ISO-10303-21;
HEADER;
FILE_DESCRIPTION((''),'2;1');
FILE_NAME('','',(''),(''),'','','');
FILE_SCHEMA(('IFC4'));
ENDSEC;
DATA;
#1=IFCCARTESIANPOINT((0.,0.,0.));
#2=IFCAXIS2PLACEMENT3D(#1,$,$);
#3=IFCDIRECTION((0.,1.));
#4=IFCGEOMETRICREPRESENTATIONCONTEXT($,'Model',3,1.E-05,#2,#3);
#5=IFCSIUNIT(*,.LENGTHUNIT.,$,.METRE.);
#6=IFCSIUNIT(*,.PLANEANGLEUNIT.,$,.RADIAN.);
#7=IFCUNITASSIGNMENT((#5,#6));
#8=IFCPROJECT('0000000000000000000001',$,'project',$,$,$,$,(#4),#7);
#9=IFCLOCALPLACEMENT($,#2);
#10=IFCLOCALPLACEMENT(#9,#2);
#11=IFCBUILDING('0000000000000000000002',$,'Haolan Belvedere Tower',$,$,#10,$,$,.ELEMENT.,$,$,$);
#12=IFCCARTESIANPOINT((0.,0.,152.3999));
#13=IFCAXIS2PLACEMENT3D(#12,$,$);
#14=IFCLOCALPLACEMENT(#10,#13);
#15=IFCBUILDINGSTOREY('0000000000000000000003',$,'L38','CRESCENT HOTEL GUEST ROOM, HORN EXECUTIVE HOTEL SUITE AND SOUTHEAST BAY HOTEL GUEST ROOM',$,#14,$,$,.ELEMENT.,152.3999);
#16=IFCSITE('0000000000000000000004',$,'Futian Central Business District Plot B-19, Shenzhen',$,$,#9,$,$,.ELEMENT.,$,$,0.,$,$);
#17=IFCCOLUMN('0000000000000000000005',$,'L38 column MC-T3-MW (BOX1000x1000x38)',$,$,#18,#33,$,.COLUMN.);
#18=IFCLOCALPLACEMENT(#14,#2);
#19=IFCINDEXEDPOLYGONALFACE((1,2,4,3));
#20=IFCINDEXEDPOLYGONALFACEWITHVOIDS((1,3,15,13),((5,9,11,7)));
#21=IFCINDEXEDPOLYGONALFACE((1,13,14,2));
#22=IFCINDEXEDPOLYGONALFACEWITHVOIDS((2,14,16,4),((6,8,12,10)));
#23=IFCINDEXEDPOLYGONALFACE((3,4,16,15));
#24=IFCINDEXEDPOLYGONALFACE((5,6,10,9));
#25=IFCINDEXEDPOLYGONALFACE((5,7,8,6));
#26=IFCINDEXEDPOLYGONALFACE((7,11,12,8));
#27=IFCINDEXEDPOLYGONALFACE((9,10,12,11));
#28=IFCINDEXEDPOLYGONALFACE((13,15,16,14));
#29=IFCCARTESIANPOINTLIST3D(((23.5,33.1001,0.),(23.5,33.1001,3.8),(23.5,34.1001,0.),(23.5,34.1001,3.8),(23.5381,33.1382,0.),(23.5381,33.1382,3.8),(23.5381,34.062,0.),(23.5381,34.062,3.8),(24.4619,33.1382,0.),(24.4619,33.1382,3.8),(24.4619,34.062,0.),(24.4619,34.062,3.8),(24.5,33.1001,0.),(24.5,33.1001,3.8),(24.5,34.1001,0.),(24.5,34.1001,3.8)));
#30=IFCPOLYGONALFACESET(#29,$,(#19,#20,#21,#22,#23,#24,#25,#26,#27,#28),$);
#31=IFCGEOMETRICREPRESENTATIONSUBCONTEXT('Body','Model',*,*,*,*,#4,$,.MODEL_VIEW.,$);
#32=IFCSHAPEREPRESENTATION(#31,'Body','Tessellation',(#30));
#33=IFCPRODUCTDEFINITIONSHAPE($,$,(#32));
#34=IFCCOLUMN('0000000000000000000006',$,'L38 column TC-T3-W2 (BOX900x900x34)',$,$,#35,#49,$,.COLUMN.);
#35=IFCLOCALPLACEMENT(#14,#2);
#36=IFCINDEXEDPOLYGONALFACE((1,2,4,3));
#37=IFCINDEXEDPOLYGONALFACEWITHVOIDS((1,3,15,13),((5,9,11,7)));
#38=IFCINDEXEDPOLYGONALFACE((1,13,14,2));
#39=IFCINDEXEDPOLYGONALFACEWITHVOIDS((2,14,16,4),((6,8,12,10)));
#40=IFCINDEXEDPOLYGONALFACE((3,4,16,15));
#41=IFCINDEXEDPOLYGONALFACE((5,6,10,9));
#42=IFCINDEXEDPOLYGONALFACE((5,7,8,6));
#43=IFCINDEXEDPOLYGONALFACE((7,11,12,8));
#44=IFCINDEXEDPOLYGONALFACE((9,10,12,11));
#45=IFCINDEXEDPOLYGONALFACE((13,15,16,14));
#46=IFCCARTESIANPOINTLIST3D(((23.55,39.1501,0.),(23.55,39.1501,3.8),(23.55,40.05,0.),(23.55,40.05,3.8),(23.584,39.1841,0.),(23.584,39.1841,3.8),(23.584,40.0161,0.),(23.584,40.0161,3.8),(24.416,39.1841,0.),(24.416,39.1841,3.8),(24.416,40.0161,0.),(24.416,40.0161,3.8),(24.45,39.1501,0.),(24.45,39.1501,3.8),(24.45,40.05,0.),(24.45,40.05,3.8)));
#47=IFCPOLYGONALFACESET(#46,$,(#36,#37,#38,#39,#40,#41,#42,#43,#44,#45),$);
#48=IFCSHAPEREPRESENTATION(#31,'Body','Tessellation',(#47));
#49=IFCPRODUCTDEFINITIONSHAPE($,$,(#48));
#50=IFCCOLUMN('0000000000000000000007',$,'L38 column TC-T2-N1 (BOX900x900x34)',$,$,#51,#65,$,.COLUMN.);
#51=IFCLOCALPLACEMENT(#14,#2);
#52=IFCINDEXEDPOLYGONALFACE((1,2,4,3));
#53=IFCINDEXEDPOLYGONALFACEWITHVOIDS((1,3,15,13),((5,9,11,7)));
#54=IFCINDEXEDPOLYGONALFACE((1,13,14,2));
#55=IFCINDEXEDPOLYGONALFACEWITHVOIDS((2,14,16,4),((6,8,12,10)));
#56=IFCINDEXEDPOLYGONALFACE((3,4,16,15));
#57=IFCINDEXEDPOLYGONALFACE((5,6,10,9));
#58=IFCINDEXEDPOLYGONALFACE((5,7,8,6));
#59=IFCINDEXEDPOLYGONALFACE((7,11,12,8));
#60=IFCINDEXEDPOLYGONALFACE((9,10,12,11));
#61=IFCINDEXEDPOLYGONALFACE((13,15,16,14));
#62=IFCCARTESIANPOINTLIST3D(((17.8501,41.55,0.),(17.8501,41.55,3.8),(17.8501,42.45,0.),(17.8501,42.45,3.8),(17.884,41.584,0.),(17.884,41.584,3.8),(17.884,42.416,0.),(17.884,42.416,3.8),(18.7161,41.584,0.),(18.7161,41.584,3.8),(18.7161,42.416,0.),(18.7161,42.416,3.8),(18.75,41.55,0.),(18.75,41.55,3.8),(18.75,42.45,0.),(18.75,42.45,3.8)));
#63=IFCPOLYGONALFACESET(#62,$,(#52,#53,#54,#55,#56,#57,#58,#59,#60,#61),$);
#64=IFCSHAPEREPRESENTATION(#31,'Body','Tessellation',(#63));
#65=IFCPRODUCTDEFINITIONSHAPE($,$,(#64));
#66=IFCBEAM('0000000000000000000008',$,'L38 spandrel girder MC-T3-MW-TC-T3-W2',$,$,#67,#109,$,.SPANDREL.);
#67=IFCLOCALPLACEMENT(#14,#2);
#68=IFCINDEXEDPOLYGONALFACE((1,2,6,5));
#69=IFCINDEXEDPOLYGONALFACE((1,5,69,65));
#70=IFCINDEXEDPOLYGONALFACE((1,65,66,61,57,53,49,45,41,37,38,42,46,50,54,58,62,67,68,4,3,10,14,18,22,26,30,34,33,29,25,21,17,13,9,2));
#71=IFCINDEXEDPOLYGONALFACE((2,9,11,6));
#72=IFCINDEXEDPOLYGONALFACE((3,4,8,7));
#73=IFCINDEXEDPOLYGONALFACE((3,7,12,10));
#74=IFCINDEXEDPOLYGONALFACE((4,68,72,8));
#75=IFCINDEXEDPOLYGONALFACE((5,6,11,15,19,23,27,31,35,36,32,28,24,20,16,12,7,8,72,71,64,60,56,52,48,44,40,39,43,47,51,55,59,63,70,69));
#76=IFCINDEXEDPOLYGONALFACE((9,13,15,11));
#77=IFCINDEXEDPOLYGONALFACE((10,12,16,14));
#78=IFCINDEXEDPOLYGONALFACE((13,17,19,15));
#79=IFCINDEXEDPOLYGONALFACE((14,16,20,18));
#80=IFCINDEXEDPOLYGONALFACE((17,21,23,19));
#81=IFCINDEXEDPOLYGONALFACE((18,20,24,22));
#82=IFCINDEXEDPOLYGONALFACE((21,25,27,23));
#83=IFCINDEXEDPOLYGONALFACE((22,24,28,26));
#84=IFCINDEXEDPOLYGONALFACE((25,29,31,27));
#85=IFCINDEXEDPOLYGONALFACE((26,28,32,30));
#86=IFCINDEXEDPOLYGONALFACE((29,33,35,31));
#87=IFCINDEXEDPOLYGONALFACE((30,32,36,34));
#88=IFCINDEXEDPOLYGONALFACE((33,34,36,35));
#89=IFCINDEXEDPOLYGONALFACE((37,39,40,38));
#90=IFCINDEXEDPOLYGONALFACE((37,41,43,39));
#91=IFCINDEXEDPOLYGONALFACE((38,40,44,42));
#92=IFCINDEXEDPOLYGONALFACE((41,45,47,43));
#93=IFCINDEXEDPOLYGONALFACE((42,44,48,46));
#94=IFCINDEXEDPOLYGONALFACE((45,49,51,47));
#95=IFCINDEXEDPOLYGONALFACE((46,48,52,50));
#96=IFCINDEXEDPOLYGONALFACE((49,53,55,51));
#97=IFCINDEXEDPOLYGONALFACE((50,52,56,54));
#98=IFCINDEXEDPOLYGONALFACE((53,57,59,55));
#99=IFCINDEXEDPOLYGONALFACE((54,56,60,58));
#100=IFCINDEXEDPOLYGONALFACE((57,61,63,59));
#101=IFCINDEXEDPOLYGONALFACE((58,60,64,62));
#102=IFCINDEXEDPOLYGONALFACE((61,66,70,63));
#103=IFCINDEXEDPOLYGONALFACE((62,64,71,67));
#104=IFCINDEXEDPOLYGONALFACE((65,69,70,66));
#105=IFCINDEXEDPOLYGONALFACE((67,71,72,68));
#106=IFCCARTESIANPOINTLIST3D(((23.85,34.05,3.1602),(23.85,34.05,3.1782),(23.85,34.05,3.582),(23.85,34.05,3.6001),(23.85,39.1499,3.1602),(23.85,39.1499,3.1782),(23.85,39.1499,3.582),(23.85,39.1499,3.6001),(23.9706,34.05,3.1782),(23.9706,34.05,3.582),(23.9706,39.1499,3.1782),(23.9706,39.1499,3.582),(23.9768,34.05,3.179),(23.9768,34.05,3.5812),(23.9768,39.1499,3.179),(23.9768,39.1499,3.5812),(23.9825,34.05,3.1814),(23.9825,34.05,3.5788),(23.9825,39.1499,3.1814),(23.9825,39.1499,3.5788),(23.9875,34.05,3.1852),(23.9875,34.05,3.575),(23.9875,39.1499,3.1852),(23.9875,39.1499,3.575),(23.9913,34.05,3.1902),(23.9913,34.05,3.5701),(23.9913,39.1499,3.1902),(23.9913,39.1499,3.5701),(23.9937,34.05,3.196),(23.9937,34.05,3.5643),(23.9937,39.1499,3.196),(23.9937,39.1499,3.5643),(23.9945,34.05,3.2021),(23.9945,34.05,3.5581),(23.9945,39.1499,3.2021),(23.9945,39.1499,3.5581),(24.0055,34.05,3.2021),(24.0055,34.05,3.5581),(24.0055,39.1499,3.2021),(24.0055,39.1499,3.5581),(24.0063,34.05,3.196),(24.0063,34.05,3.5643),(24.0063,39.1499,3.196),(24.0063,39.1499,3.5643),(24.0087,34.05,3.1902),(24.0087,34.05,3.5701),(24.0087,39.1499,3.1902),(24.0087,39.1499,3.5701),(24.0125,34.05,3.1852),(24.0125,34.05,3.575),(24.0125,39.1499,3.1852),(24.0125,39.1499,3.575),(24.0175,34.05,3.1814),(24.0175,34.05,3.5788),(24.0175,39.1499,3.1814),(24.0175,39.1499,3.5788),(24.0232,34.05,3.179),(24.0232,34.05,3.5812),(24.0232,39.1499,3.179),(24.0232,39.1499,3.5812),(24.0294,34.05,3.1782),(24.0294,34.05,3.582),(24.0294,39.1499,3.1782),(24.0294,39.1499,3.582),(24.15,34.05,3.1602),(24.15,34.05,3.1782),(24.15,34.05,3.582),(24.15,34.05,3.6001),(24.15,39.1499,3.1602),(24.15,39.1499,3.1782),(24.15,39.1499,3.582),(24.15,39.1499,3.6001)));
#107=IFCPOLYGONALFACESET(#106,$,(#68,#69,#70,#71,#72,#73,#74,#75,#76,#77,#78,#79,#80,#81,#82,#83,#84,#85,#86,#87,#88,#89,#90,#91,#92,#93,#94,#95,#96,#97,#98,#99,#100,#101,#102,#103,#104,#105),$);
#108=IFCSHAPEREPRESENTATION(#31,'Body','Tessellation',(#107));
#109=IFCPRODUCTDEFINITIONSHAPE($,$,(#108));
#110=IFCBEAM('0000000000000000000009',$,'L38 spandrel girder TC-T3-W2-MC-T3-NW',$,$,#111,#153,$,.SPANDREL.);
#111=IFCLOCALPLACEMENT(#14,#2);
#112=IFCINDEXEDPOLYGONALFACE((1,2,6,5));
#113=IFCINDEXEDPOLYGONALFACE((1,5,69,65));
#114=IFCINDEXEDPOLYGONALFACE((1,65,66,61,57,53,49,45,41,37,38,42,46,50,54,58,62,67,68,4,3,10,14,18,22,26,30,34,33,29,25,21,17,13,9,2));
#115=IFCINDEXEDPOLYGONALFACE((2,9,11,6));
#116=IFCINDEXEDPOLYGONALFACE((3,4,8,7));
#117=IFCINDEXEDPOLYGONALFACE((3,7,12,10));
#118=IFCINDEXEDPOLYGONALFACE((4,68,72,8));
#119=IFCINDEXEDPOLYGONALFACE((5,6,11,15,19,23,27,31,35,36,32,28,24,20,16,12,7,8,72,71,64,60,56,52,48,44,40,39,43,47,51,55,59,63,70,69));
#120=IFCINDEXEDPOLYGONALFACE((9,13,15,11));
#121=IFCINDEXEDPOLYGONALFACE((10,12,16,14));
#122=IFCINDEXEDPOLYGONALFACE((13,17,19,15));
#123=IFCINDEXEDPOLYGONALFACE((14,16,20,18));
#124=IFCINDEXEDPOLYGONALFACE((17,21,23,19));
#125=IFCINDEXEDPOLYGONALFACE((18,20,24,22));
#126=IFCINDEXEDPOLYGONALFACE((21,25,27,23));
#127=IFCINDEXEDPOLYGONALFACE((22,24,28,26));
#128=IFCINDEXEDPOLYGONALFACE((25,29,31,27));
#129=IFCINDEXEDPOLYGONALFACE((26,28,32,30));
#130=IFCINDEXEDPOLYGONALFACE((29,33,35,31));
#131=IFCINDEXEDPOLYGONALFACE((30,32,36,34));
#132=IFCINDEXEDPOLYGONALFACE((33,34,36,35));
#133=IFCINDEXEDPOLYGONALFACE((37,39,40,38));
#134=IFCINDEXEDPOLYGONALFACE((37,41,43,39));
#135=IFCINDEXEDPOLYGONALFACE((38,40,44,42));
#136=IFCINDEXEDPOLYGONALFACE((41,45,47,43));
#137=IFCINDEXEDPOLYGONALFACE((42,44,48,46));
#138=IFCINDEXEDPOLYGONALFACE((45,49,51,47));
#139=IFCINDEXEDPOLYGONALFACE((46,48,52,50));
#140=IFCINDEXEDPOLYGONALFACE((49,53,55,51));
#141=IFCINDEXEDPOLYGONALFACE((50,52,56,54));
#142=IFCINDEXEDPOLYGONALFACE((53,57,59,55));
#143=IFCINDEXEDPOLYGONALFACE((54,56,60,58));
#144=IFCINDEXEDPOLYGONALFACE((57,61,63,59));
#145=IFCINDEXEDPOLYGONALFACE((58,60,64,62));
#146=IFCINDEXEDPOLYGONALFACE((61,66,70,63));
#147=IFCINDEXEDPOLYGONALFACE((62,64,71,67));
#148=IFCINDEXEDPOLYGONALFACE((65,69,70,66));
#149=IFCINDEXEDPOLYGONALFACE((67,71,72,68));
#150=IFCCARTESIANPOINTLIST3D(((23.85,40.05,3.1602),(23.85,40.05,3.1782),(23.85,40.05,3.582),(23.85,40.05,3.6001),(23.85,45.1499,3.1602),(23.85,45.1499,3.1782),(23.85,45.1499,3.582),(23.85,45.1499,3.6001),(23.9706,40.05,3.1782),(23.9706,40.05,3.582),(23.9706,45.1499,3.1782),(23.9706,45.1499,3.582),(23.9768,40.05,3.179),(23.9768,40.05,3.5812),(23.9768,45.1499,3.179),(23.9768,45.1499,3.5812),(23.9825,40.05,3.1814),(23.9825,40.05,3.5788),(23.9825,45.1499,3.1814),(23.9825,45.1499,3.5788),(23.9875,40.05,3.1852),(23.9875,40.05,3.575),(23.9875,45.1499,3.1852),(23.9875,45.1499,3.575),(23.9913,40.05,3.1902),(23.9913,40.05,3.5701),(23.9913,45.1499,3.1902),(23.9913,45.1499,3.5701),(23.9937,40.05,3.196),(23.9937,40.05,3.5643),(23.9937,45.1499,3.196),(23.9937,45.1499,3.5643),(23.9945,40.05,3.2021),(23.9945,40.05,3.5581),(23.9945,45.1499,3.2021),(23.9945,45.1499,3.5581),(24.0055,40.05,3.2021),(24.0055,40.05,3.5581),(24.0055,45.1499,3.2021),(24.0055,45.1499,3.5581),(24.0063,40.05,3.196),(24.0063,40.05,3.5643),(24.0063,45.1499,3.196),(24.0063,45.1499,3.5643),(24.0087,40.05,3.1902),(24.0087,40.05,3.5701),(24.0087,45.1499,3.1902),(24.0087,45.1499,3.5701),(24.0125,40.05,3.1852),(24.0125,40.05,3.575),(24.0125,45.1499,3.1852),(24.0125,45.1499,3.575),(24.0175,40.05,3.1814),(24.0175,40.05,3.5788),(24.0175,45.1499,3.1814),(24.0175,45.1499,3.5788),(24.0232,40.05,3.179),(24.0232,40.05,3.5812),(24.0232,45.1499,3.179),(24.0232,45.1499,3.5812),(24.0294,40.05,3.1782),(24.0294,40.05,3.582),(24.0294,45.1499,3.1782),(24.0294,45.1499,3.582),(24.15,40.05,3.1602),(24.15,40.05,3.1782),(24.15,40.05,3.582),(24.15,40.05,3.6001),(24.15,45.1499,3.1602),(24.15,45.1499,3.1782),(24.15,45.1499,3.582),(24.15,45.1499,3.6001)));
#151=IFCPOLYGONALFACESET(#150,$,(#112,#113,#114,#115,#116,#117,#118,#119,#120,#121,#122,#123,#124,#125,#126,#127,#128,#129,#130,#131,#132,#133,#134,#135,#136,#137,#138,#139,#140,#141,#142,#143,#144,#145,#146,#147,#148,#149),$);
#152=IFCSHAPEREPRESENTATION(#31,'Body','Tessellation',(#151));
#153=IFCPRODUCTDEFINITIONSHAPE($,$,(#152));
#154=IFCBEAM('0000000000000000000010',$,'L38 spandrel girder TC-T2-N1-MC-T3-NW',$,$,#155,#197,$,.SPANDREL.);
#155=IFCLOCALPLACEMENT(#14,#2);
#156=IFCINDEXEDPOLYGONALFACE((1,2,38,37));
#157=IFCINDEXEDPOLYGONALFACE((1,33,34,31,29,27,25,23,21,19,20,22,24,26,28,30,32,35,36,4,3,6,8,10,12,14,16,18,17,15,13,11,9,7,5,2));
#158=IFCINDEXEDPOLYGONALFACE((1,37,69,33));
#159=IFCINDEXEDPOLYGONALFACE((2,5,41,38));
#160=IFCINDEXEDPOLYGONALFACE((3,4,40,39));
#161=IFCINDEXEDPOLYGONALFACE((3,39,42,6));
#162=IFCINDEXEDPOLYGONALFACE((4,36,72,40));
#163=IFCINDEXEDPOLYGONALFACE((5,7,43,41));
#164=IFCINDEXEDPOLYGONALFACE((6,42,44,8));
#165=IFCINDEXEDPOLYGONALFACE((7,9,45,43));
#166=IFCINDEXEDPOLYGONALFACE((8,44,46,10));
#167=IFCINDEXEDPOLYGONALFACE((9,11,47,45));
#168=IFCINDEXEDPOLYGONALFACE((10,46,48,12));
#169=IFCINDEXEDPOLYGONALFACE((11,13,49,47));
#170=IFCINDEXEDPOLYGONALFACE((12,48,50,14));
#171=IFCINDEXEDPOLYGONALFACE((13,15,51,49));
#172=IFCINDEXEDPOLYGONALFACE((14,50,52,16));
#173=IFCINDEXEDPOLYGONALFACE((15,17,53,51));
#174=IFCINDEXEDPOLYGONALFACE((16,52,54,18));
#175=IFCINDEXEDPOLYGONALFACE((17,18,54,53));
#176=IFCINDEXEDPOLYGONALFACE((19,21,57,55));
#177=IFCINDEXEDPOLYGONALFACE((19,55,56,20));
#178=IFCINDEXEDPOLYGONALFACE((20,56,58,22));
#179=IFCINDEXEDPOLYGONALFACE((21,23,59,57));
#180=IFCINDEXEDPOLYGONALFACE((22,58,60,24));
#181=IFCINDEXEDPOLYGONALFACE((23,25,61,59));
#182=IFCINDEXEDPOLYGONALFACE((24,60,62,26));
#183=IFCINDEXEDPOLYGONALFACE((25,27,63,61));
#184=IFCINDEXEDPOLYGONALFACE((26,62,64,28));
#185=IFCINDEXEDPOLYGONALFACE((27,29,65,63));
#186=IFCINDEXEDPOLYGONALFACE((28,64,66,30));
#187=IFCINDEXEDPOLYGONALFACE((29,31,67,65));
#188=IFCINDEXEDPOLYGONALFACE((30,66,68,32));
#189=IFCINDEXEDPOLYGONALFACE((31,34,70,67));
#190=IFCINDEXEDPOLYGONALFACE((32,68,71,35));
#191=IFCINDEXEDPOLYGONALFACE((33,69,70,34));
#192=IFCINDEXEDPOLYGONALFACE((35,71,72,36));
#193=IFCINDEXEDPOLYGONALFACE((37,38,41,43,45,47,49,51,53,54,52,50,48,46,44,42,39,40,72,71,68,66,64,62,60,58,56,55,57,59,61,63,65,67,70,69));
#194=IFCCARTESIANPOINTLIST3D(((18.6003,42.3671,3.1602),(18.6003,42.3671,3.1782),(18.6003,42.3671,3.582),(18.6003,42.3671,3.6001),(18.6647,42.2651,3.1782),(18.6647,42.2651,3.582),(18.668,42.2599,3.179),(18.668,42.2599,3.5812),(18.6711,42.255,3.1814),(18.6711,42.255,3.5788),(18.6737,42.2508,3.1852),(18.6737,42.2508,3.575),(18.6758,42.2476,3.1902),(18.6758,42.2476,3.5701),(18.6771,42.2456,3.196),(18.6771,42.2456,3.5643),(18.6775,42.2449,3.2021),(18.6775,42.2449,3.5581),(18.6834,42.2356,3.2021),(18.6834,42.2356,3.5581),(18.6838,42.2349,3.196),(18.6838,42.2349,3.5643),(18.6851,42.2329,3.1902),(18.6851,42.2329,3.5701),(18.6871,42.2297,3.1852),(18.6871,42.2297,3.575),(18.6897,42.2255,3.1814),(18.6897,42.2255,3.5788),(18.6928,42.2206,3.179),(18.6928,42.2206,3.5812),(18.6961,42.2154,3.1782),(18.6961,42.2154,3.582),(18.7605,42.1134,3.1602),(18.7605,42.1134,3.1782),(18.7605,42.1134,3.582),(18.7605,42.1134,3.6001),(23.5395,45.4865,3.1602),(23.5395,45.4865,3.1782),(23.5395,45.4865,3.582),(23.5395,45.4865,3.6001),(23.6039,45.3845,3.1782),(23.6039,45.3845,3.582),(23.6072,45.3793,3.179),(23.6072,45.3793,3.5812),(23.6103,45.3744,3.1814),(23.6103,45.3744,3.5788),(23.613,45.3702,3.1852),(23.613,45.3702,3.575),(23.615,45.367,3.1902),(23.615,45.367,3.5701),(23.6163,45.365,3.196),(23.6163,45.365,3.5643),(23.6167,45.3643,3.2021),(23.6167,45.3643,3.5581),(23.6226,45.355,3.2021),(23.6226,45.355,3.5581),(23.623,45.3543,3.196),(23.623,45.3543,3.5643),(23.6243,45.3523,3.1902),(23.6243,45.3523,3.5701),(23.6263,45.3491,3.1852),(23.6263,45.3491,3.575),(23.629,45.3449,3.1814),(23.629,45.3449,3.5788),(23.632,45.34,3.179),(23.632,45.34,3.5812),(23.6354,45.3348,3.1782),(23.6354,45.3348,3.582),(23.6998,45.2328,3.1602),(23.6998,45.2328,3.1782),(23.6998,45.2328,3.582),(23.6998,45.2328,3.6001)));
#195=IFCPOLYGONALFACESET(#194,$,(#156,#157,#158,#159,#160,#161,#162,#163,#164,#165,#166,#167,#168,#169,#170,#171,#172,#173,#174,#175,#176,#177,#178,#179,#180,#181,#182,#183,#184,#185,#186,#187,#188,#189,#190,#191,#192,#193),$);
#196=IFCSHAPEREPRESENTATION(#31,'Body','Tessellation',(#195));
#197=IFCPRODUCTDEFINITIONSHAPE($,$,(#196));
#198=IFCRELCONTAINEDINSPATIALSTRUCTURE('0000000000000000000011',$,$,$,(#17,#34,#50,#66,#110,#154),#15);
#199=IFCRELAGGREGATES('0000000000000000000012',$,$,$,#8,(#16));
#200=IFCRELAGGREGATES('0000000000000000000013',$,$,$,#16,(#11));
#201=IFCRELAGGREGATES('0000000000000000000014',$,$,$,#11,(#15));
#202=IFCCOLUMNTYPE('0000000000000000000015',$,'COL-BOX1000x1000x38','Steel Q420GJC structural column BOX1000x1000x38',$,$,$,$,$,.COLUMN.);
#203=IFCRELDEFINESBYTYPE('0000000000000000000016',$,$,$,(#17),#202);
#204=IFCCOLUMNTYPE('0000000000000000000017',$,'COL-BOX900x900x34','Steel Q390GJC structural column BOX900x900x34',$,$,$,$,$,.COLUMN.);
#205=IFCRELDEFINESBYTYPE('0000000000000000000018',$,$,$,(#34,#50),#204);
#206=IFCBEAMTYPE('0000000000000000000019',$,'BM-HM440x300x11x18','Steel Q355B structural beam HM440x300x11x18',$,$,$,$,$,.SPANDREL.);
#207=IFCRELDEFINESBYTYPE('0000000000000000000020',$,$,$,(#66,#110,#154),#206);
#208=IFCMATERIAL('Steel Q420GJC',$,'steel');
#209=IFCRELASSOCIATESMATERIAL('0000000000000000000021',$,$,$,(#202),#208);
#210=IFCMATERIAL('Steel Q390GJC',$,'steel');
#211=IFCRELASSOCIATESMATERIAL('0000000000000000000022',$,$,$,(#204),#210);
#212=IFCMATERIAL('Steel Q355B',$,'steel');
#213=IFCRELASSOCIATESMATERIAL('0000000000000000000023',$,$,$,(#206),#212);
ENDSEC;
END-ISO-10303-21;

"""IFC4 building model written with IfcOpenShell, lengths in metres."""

from ifc_helpers import new_model, si_unit, direction, frame, origin, origin_2d, place, context, subcontext, project, spatial, hollow_rectangle, i_section, extrude, material, material_profile, profile_set, type_object, element, save


model = new_model("IFC4")

# Units and contexts
model_context = context("Model", 3, precision=1e-05, world=origin(), true_north=direction((0.0, 1.0)))
body_context = subcontext(model_context, "Body", "Model", "MODEL_VIEW")
ifc_project = project(units=[si_unit("LENGTHUNIT", "METRE"), si_unit("PLANEANGLEUNIT", "RADIAN")], contexts=[model_context])

# Site, building, storey
site_placement = place(None, origin())
site = spatial("IfcSite", under=ifc_project, at=site_placement, Name="Futian Central Business District Plot B-19, Shenzhen", CompositionType="ELEMENT", RefElevation=0.0)
building_placement = place(site_placement, origin())
building = spatial("IfcBuilding", under=site, at=building_placement, Name="Haolan Belvedere Tower", CompositionType="ELEMENT")
storey_placement = place(building_placement, frame((0.0, 0.0, 152.3999)))
storey = spatial("IfcBuildingStorey", under=building, at=storey_placement, Name="L38", Description="CRESCENT HOTEL GUEST ROOM, HORN EXECUTIVE HOTEL SUITE AND SOUTHEAST BAY HOTEL GUEST ROOM", CompositionType="ELEMENT", Elevation=152.3999)

# Columns
ifc_material_1 = material(Name="Steel Q420GJC", Category="steel")
ifc_material_profile_1 = material_profile(ifc_material_1, hollow_rectangle(XDim=1.0, YDim=1.0, WallThickness=0.0381, at=origin_2d()), Name="Steel Q420GJC")
ifc_profile_set_1 = profile_set([ifc_material_profile_1], Name="Steel Q420GJC")
column_type_1 = type_object("IfcColumnType", Name="COL-BOX1000x1000x38", Description="Steel Q420GJC structural column BOX1000x1000x38", PredefinedType="COLUMN", material=ifc_profile_set_1)
column_placement = place(storey_placement, frame((24.0, 33.6001, 0.0), z_axis=(0.0, 0.0, 1.0), x_axis=(1.0, 0.0, 0.0)))
element("IfcColumn", 1, at=column_placement, inside=storey, type_object=column_type_1, Name="L38 column MC-T3-MW (BOX1000x1000x38)", PredefinedType="COLUMN", context=body_context, shape_type="SweptSolid", body=[
    extrude(hollow_rectangle(XDim=1.0, YDim=1.0, WallThickness=0.0381, at=origin_2d()), origin(), (0.0, 0.0, 1.0), 3.8),
])
ifc_material_2 = material(Name="Steel Q390GJC", Category="steel")
ifc_material_profile_2 = material_profile(ifc_material_2, hollow_rectangle(XDim=0.8999, YDim=0.8999, WallThickness=0.0339, at=origin_2d()), Name="Steel Q390GJC")
ifc_profile_set_2 = profile_set([ifc_material_profile_2], Name="Steel Q390GJC")
column_type_2 = type_object("IfcColumnType", Name="COL-BOX900x900x34", Description="Steel Q390GJC structural column BOX900x900x34", PredefinedType="COLUMN", material=ifc_profile_set_2)
for number, where, z_axis, x_axis, name in (
    (2, (24.0, 39.6001, 0.0), (0.0, 0.0, 1.0), (1.0, 0.0, 0.0), "L38 column TC-T3-W2 (BOX900x900x34)"),
    (3, (18.3, 42.0, 0.0), (0.0, 0.0, 1.0), (1.0, 0.0, 0.0), "L38 column TC-T2-N1 (BOX900x900x34)"),
):
    element("IfcColumn", number, at=place(storey_placement, frame(where, z_axis=z_axis, x_axis=x_axis)), inside=storey, type_object=column_type_2, Name=name, PredefinedType="COLUMN", context=body_context, shape_type="SweptSolid", body=[
        extrude(hollow_rectangle(XDim=0.8999, YDim=0.8999, WallThickness=0.0339, at=origin_2d()), origin(), (0.0, 0.0, 1.0), 3.8),
    ])

# Beams
ifc_material_3 = material(Name="Steel Q355B", Category="steel")
ifc_material_profile_3 = material_profile(ifc_material_3, i_section(OverallWidth=0.3, OverallDepth=0.4399, WebThickness=0.011, FlangeThickness=0.0181, FilletRadius=0.0239, at=origin_2d()), Name="Steel Q355B")
ifc_profile_set_3 = profile_set([ifc_material_profile_3], Name="Steel Q355B")
beam_type = type_object("IfcBeamType", Name="BM-HM440x300x11x18", Description="Steel Q355B structural beam HM440x300x11x18", PredefinedType="SPANDREL", material=ifc_profile_set_3)
for number, where, z_axis, x_axis, name in (
    (4, (24.0, 34.05, 3.3801), (0.0, 1.0, 0.0), (-1.0, 0.0, 0.0), "L38 spandrel girder MC-T3-MW-TC-T3-W2"),
    (5, (24.0, 40.05, 3.3801), (0.0, 1.0, 0.0), (-1.0, 0.0, 0.0), "L38 spandrel girder TC-T3-W2-MC-T3-NW"),
):
    element("IfcBeam", number, at=place(storey_placement, frame(where, z_axis=z_axis, x_axis=x_axis)), inside=storey, type_object=beam_type, Name=name, PredefinedType="SPANDREL", context=body_context, shape_type="SweptSolid", body=[
        extrude(i_section(OverallWidth=0.3, OverallDepth=0.4399, WebThickness=0.011, FlangeThickness=0.0181, FilletRadius=0.0239, at=origin_2d()), origin(), (0.0, 0.0, 1.0), 5.0999),
    ])
beam_placement = place(storey_placement, frame((18.6804, 42.2402, 3.3801), z_axis=(0.845498, 0.533979, 0.0), x_axis=(-0.533979, 0.845498, 0.0)))
element("IfcBeam", 6, at=beam_placement, inside=storey, type_object=beam_type, Name="L38 spandrel girder TC-T2-N1-MC-T3-NW", PredefinedType="SPANDREL", context=body_context, shape_type="SweptSolid", body=[
    extrude(i_section(OverallWidth=0.3, OverallDepth=0.4399, WebThickness=0.011, FlangeThickness=0.0181, FilletRadius=0.0239, at=origin_2d()), origin(), (0.0, 0.0, 1.0), 5.8418),
])

save(model, "model.ifc")
